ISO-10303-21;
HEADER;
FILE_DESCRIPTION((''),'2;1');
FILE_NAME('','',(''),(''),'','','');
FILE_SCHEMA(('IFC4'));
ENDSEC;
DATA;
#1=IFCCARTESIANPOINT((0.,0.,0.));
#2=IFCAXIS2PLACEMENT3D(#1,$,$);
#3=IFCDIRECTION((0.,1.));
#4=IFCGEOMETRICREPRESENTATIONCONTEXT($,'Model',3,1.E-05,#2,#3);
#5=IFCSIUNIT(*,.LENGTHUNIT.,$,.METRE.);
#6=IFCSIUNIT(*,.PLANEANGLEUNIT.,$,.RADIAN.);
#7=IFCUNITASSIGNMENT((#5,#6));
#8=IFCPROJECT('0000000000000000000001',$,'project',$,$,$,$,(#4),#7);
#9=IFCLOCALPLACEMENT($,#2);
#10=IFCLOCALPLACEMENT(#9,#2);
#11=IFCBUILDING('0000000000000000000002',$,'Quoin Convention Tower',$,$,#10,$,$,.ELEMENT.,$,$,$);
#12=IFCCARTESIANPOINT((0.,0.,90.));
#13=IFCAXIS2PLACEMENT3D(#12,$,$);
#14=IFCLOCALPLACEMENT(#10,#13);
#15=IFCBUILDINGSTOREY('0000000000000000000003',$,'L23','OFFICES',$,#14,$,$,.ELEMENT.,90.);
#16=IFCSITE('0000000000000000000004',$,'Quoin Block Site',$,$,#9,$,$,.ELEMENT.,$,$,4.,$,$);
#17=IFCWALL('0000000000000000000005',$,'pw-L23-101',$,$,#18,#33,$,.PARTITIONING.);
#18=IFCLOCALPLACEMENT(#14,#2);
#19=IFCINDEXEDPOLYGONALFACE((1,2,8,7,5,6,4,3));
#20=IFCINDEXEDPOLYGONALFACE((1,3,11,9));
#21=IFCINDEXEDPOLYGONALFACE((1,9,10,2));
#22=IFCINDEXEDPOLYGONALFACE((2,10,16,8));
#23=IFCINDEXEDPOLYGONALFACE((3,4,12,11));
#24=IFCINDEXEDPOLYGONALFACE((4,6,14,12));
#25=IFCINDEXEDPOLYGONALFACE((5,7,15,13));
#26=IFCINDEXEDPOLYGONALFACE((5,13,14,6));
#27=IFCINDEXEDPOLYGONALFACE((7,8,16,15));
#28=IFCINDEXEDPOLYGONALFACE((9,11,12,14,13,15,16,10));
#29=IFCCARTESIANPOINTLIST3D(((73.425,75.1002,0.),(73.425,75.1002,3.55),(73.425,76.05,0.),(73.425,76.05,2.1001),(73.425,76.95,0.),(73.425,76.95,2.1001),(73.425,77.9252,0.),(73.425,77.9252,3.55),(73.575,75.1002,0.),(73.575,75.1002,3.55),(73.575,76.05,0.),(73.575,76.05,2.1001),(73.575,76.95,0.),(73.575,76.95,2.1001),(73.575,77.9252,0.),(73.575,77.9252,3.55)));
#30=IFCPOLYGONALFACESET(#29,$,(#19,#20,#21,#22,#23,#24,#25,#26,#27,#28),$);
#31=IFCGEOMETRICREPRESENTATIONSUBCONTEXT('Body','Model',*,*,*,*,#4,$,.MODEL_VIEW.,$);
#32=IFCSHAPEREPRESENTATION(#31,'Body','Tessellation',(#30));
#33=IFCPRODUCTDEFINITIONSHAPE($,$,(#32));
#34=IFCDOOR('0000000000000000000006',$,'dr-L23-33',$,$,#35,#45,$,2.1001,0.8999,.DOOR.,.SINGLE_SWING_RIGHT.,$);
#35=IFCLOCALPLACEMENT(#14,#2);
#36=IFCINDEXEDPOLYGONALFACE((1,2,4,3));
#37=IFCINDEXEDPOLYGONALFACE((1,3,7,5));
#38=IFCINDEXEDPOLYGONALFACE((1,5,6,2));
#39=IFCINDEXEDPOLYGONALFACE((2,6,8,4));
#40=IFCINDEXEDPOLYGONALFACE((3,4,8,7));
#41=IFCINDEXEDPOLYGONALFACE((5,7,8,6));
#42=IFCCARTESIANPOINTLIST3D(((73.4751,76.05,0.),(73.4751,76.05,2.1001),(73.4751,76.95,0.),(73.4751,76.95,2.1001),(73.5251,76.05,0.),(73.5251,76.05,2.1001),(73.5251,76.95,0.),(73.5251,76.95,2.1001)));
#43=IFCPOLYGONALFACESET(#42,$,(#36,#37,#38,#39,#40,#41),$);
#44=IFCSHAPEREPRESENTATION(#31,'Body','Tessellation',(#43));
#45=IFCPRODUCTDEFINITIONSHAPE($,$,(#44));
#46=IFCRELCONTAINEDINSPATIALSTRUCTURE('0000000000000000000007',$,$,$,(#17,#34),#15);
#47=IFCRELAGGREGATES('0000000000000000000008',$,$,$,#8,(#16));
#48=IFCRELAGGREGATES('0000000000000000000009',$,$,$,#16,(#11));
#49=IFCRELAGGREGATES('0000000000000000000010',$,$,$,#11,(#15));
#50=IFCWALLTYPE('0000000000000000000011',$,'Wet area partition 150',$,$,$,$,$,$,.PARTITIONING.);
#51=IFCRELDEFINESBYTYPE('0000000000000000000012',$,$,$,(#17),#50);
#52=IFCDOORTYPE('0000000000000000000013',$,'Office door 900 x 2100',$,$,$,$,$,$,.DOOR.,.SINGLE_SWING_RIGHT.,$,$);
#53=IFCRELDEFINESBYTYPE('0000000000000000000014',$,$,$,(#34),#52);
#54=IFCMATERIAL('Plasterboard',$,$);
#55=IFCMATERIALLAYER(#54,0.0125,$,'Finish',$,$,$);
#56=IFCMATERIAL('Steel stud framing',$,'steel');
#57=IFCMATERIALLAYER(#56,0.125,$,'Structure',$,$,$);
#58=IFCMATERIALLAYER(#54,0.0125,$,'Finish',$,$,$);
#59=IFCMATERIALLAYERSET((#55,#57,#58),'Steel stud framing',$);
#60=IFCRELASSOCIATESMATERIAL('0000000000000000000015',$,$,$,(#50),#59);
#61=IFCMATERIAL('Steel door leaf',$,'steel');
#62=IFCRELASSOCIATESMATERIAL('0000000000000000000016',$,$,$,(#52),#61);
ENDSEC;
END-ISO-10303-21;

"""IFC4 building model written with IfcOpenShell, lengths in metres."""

from ifc_helpers import new_model, si_unit, direction, frame, frame_2d, origin, place, context, subcontext, project, spatial, rectangle, extrude, material, layer, layer_set, type_object, element, fill, save


model = new_model("IFC4")

# Units and contexts
model_context = context("Model", 3, precision=1e-05, world=origin(), true_north=direction((0.0, 1.0)))
body_context = subcontext(model_context, "Body", "Model", "MODEL_VIEW")
ifc_project = project(units=[si_unit("LENGTHUNIT", "METRE"), si_unit("PLANEANGLEUNIT", "RADIAN")], contexts=[model_context])

# Site, building, storey
site_placement = place(None, origin())
site = spatial("IfcSite", under=ifc_project, at=site_placement, Name="Quoin Block Site", CompositionType="ELEMENT", RefElevation=4.0)
building_placement = place(site_placement, origin())
building = spatial("IfcBuilding", under=site, at=building_placement, Name="Quoin Convention Tower", CompositionType="ELEMENT")
storey_placement = place(building_placement, frame((0.0, 0.0, 90.0)))
storey = spatial("IfcBuildingStorey", under=building, at=storey_placement, Name="L23", Description="OFFICES", CompositionType="ELEMENT", Elevation=90.0)

# Shared definitions
ifc_material_1 = material(Name="Plasterboard")
ifc_material_2 = material(Name="Steel stud framing", Category="steel")
ifc_layer_1 = layer(ifc_material_1, 0.0125, Name="Finish")
ifc_layer_2 = layer(ifc_material_2, 0.125, Name="Structure")
ifc_layer_3 = layer(ifc_material_1, 0.0125, Name="Finish")
ifc_layer_set_1 = layer_set([ifc_layer_1, ifc_layer_2, ifc_layer_3], Name="Steel stud framing")
wall_type_1 = type_object("IfcWallType", Name="Wet area partition 150", PredefinedType="PARTITIONING", material=ifc_layer_set_1)

# Wall, opening, door
wall_1_placement = place(storey_placement, frame((73.5, 75.1001, 0.0), z_axis=(0.0, 0.0, 1.0), x_axis=(0.0, 1.0, 0.0)))
wall_1 = element("IfcWall", 1, at=wall_1_placement, inside=storey, type_object=wall_type_1, Name="pw-L23-101", PredefinedType="PARTITIONING", context=body_context, shape_type="SweptSolid", body=[
    extrude(rectangle(XDim=2.825, YDim=0.1499, at=frame_2d((1.4126, 0.0))), origin(), (0.0, 0.0, 1.0), 3.55),
])
opening_1_placement = place(wall_1_placement, frame((0.95, 0.0, 0.0)))
opening_1 = element("IfcOpeningElement", 2, at=opening_1_placement, cuts=wall_1, PredefinedType="OPENING", context=body_context, shape_type="SweptSolid", body=[
    extrude(rectangle(XDim=0.8999, YDim=2.1001, at=frame_2d((0.45, 1.05))), frame((0.0, 0.085, 0.0), z_axis=(0.0, -1.0, 0.0), x_axis=(1.0, 0.0, 0.0)), (0.0, 0.0, 1.0), 0.1699),
])
ifc_material_3 = material(Name="Steel door leaf", Category="steel")
door_type = type_object("IfcDoorType", Name="Office door 900 x 2100", OperationType="SINGLE_SWING_RIGHT", PredefinedType="DOOR", material=ifc_material_3)
door_placement = place(opening_1_placement, origin())
door = element("IfcDoor", 3, at=door_placement, inside=storey, type_object=door_type, Name="dr-L23-33", OperationType="SINGLE_SWING_RIGHT", OverallHeight=2.1001, OverallWidth=0.8999, PredefinedType="DOOR", context=body_context, shape_type="SweptSolid", body=[
    extrude(rectangle(XDim=0.8999, YDim=2.1001, at=frame_2d((0.45, 1.05))), frame((0.0, 0.0249, 0.0), z_axis=(0.0, -1.0, 0.0), x_axis=(1.0, 0.0, 0.0)), (0.0, 0.0, 1.0), 0.05),
])
fill(opening_1, door)

save(model, "model.ifc")
